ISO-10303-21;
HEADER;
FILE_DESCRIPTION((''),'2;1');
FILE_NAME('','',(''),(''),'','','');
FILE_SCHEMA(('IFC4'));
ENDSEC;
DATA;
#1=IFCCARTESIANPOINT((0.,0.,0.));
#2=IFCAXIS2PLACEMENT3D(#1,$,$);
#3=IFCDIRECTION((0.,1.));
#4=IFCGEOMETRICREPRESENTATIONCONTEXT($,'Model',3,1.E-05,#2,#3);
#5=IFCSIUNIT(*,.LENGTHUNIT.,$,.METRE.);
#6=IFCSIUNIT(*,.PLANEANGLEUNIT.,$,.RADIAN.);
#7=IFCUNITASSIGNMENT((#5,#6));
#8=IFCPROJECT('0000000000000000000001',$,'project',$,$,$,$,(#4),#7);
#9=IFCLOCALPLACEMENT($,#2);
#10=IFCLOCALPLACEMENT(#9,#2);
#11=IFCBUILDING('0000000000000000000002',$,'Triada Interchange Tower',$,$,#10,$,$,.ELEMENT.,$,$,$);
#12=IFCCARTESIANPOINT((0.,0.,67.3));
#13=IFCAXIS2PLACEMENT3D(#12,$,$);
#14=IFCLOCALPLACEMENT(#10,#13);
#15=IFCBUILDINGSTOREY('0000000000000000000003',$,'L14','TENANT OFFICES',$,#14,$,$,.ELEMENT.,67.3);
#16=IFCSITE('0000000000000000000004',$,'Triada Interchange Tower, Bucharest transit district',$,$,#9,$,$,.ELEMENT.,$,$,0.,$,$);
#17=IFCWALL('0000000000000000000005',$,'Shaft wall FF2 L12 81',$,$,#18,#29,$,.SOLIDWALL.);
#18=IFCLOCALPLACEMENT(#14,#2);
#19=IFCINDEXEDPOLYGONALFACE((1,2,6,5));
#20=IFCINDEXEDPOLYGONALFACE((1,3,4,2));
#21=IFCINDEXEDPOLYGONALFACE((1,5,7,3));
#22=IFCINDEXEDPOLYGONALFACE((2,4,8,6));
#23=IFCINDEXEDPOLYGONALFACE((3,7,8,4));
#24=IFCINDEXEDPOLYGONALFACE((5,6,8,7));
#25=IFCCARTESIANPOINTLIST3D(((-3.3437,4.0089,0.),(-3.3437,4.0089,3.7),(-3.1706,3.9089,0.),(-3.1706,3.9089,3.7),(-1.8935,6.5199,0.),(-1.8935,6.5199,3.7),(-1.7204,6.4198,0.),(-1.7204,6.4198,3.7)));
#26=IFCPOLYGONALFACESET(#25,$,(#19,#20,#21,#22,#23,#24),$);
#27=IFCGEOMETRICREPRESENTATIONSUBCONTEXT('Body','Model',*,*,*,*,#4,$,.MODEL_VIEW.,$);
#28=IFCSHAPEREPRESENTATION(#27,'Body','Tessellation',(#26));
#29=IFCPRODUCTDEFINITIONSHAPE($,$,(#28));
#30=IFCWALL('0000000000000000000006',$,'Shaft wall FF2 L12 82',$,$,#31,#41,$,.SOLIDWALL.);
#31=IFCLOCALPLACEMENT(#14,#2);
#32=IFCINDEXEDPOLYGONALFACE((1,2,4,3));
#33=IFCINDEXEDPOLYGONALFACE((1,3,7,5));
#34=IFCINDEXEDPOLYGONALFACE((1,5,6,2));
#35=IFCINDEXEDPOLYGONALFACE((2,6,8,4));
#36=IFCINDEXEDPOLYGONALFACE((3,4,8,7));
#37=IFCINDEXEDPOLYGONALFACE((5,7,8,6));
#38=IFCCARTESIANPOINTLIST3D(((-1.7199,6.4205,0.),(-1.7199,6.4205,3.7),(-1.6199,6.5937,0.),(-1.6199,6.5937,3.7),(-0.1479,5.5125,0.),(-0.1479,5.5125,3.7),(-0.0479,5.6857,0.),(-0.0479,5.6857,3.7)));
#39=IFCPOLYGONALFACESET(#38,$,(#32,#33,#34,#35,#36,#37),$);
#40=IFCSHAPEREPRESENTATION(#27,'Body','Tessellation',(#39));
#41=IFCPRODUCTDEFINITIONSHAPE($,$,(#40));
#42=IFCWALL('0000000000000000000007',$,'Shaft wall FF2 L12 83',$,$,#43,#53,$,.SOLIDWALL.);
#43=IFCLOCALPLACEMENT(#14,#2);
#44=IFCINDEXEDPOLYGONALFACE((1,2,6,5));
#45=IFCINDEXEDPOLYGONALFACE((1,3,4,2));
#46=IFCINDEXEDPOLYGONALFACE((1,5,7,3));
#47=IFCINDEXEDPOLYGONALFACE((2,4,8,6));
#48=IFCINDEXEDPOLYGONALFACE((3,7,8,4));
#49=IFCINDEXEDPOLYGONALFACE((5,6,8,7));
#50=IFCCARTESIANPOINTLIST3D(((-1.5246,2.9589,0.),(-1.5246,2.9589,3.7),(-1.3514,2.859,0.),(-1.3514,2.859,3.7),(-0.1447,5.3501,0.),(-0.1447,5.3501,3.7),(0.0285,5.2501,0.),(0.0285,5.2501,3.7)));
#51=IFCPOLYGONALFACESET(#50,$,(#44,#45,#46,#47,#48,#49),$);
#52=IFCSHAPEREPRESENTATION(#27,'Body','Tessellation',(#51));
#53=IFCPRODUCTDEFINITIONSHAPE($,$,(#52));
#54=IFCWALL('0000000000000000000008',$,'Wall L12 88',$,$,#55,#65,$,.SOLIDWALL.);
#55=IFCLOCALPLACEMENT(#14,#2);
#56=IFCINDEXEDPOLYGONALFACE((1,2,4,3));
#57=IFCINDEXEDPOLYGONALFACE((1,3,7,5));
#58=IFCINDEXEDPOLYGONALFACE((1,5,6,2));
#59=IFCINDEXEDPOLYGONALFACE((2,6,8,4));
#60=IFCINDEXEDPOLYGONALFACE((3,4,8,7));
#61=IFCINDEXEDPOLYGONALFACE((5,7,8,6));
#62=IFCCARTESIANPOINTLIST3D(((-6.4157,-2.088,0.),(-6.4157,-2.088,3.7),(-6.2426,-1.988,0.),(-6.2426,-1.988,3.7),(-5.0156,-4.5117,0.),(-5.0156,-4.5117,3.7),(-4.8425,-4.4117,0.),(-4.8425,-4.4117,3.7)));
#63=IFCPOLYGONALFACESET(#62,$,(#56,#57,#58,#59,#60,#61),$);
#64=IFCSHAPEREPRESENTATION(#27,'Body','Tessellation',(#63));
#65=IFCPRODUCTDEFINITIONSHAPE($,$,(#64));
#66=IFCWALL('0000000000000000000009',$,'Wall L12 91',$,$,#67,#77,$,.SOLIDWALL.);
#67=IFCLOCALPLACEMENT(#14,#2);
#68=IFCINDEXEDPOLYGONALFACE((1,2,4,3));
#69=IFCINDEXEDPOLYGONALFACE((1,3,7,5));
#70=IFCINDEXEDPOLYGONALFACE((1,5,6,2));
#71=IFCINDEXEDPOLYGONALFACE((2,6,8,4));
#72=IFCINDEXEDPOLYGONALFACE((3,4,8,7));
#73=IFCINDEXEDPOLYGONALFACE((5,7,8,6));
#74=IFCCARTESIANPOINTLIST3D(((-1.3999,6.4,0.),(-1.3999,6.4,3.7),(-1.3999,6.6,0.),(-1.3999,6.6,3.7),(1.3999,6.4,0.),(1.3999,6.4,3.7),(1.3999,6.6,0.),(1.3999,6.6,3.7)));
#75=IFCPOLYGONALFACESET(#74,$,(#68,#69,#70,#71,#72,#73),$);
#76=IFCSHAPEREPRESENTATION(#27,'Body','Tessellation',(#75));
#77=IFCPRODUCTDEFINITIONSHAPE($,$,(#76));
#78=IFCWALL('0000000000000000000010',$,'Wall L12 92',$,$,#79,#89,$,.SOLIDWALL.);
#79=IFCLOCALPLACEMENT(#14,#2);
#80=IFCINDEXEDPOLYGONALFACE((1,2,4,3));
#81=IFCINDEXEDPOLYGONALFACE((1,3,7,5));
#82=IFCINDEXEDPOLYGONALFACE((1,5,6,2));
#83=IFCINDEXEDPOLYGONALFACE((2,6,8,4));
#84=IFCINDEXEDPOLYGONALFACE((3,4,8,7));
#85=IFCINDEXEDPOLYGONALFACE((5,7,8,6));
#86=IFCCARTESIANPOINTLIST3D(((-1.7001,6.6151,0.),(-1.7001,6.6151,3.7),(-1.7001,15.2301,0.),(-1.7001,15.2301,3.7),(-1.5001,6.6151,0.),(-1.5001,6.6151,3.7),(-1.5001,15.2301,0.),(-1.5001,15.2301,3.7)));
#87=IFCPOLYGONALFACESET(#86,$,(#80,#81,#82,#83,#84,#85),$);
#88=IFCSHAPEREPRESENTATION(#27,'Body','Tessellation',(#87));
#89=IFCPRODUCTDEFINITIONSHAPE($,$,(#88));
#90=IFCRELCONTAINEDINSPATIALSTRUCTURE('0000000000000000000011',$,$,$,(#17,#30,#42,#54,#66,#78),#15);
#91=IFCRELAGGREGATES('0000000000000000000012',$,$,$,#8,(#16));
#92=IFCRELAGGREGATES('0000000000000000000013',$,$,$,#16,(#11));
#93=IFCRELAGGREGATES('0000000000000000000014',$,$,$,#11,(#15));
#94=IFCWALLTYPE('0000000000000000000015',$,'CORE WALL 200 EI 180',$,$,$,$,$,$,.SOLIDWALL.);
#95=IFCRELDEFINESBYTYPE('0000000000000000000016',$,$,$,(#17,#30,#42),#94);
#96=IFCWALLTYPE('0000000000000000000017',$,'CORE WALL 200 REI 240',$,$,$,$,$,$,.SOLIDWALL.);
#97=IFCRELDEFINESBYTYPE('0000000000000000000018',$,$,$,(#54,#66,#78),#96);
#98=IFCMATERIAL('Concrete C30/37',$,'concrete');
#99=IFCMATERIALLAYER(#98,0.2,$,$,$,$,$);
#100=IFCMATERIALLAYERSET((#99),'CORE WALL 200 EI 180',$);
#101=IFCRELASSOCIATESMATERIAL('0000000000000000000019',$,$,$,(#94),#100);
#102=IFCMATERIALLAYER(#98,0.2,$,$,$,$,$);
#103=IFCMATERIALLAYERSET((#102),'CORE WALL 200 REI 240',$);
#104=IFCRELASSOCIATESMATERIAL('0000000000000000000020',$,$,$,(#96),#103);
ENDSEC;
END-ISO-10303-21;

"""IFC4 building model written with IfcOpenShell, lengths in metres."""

from ifc_helpers import new_model, si_unit, direction, frame, frame_2d, origin, place, context, subcontext, project, spatial, rectangle, extrude, material, layer, layer_set, type_object, element, save


model = new_model("IFC4")

# Units and contexts
model_context = context("Model", 3, precision=1e-05, world=origin(), true_north=direction((0.0, 1.0)))
body_context = subcontext(model_context, "Body", "Model", "MODEL_VIEW")
ifc_project = project(units=[si_unit("LENGTHUNIT", "METRE"), si_unit("PLANEANGLEUNIT", "RADIAN")], contexts=[model_context])

# Site, building, storey
site_placement = place(None, origin())
site = spatial("IfcSite", under=ifc_project, at=site_placement, Name="Triada Interchange Tower, Bucharest transit district", CompositionType="ELEMENT", RefElevation=0.0)
building_placement = place(site_placement, origin())
building = spatial("IfcBuilding", under=site, at=building_placement, Name="Triada Interchange Tower", CompositionType="ELEMENT")
storey_placement = place(building_placement, frame((0.0, 0.0, 67.3)))
storey = spatial("IfcBuildingStorey", under=building, at=storey_placement, Name="L14", Description="TENANT OFFICES", CompositionType="ELEMENT", Elevation=67.3)

# Shared definitions
ifc_material_1 = material(Name="Concrete C30/37", Category="concrete")
ifc_layer_1 = layer(ifc_material_1, 0.2)
ifc_layer_set_1 = layer_set([ifc_layer_1], Name="CORE WALL 200 EI 180")
wall_type_1 = type_object("IfcWallType", Name="CORE WALL 200 EI 180", PredefinedType="SOLIDWALL", material=ifc_layer_set_1)

# Walls
wall_1_placement = place(storey_placement, frame((-3.2571, 3.959, 0.0), z_axis=(0.0, 0.0, 1.0), x_axis=(0.500123, 0.865954, 0.0)))
element("IfcWall", 1, at=wall_1_placement, inside=storey, type_object=wall_type_1, Name="Shaft wall FF2 L12 81", PredefinedType="SOLIDWALL", context=body_context, shape_type="SweptSolid", body=[
    extrude(rectangle(XDim=2.8997, YDim=0.2, at=frame_2d((1.4497, 0.0))), origin(), (0.0, 0.0, 1.0), 3.7),
])
wall_2_placement = place(storey_placement, frame((-1.6699, 6.5071, 0.0), z_axis=(0.0, 0.0, 1.0), x_axis=(0.865941, -0.500145, 0.0)))
element("IfcWall", 2, at=wall_2_placement, inside=storey, type_object=wall_type_1, Name="Shaft wall FF2 L12 82", PredefinedType="SOLIDWALL", context=body_context, shape_type="SweptSolid", body=[
    extrude(rectangle(XDim=1.8154, YDim=0.2, at=frame_2d((0.9077, 0.0))), origin(), (0.0, 0.0, 1.0), 3.7),
])
wall_3_placement = place(storey_placement, frame((-1.438, 2.9089, 0.0), z_axis=(0.0, 0.0, 1.0), x_axis=(0.49983, 0.866124, 0.0)))
element("IfcWall", 3, at=wall_3_placement, inside=storey, type_object=wall_type_1, Name="Shaft wall FF2 L12 83", PredefinedType="SOLIDWALL", context=body_context, shape_type="SweptSolid", body=[
    extrude(rectangle(XDim=2.7607, YDim=0.2, at=frame_2d((1.3804, 0.0))), origin(), (0.0, 0.0, 1.0), 3.7),
])
ifc_layer_2 = layer(ifc_material_1, 0.2)
ifc_layer_set_2 = layer_set([ifc_layer_2], Name="CORE WALL 200 REI 240")
wall_type_2 = type_object("IfcWallType", Name="CORE WALL 200 REI 240", PredefinedType="SOLIDWALL", material=ifc_layer_set_2)
wall_4_placement = place(storey_placement, frame((-6.3291, -2.0381, 0.0), z_axis=(0.0, 0.0, 1.0), x_axis=(0.500201, -0.86591, 0.0)))
element("IfcWall", 4, at=wall_4_placement, inside=storey, type_object=wall_type_2, Name="Wall L12 88", PredefinedType="SOLIDWALL", context=body_context, shape_type="SweptSolid", body=[
    extrude(rectangle(XDim=2.7991, YDim=0.2, at=frame_2d((1.3994, 0.0))), origin(), (0.0, 0.0, 1.0), 3.7),
])
wall_5_placement = place(storey_placement, frame((-1.3999, 6.5, 0.0), z_axis=(0.0, 0.0, 1.0), x_axis=(1.0, 0.0, 0.0)))
element("IfcWall", 5, at=wall_5_placement, inside=storey, type_object=wall_type_2, Name="Wall L12 91", PredefinedType="SOLIDWALL", context=body_context, shape_type="SweptSolid", body=[
    extrude(rectangle(XDim=2.7998, YDim=0.2, at=frame_2d((1.3999, 0.0))), origin(), (0.0, 0.0, 1.0), 3.7),
])
wall_6_placement = place(storey_placement, frame((-1.6001, 6.615, 0.0), z_axis=(0.0, 0.0, 1.0), x_axis=(0.0, 1.0, 0.0)))
element("IfcWall", 6, at=wall_6_placement, inside=storey, type_object=wall_type_2, Name="Wall L12 92", PredefinedType="SOLIDWALL", context=body_context, shape_type="SweptSolid", body=[
    extrude(rectangle(XDim=8.615, YDim=0.2, at=frame_2d((4.3076, 0.0))), origin(), (0.0, 0.0, 1.0), 3.7),
])

save(model, "model.ifc")
